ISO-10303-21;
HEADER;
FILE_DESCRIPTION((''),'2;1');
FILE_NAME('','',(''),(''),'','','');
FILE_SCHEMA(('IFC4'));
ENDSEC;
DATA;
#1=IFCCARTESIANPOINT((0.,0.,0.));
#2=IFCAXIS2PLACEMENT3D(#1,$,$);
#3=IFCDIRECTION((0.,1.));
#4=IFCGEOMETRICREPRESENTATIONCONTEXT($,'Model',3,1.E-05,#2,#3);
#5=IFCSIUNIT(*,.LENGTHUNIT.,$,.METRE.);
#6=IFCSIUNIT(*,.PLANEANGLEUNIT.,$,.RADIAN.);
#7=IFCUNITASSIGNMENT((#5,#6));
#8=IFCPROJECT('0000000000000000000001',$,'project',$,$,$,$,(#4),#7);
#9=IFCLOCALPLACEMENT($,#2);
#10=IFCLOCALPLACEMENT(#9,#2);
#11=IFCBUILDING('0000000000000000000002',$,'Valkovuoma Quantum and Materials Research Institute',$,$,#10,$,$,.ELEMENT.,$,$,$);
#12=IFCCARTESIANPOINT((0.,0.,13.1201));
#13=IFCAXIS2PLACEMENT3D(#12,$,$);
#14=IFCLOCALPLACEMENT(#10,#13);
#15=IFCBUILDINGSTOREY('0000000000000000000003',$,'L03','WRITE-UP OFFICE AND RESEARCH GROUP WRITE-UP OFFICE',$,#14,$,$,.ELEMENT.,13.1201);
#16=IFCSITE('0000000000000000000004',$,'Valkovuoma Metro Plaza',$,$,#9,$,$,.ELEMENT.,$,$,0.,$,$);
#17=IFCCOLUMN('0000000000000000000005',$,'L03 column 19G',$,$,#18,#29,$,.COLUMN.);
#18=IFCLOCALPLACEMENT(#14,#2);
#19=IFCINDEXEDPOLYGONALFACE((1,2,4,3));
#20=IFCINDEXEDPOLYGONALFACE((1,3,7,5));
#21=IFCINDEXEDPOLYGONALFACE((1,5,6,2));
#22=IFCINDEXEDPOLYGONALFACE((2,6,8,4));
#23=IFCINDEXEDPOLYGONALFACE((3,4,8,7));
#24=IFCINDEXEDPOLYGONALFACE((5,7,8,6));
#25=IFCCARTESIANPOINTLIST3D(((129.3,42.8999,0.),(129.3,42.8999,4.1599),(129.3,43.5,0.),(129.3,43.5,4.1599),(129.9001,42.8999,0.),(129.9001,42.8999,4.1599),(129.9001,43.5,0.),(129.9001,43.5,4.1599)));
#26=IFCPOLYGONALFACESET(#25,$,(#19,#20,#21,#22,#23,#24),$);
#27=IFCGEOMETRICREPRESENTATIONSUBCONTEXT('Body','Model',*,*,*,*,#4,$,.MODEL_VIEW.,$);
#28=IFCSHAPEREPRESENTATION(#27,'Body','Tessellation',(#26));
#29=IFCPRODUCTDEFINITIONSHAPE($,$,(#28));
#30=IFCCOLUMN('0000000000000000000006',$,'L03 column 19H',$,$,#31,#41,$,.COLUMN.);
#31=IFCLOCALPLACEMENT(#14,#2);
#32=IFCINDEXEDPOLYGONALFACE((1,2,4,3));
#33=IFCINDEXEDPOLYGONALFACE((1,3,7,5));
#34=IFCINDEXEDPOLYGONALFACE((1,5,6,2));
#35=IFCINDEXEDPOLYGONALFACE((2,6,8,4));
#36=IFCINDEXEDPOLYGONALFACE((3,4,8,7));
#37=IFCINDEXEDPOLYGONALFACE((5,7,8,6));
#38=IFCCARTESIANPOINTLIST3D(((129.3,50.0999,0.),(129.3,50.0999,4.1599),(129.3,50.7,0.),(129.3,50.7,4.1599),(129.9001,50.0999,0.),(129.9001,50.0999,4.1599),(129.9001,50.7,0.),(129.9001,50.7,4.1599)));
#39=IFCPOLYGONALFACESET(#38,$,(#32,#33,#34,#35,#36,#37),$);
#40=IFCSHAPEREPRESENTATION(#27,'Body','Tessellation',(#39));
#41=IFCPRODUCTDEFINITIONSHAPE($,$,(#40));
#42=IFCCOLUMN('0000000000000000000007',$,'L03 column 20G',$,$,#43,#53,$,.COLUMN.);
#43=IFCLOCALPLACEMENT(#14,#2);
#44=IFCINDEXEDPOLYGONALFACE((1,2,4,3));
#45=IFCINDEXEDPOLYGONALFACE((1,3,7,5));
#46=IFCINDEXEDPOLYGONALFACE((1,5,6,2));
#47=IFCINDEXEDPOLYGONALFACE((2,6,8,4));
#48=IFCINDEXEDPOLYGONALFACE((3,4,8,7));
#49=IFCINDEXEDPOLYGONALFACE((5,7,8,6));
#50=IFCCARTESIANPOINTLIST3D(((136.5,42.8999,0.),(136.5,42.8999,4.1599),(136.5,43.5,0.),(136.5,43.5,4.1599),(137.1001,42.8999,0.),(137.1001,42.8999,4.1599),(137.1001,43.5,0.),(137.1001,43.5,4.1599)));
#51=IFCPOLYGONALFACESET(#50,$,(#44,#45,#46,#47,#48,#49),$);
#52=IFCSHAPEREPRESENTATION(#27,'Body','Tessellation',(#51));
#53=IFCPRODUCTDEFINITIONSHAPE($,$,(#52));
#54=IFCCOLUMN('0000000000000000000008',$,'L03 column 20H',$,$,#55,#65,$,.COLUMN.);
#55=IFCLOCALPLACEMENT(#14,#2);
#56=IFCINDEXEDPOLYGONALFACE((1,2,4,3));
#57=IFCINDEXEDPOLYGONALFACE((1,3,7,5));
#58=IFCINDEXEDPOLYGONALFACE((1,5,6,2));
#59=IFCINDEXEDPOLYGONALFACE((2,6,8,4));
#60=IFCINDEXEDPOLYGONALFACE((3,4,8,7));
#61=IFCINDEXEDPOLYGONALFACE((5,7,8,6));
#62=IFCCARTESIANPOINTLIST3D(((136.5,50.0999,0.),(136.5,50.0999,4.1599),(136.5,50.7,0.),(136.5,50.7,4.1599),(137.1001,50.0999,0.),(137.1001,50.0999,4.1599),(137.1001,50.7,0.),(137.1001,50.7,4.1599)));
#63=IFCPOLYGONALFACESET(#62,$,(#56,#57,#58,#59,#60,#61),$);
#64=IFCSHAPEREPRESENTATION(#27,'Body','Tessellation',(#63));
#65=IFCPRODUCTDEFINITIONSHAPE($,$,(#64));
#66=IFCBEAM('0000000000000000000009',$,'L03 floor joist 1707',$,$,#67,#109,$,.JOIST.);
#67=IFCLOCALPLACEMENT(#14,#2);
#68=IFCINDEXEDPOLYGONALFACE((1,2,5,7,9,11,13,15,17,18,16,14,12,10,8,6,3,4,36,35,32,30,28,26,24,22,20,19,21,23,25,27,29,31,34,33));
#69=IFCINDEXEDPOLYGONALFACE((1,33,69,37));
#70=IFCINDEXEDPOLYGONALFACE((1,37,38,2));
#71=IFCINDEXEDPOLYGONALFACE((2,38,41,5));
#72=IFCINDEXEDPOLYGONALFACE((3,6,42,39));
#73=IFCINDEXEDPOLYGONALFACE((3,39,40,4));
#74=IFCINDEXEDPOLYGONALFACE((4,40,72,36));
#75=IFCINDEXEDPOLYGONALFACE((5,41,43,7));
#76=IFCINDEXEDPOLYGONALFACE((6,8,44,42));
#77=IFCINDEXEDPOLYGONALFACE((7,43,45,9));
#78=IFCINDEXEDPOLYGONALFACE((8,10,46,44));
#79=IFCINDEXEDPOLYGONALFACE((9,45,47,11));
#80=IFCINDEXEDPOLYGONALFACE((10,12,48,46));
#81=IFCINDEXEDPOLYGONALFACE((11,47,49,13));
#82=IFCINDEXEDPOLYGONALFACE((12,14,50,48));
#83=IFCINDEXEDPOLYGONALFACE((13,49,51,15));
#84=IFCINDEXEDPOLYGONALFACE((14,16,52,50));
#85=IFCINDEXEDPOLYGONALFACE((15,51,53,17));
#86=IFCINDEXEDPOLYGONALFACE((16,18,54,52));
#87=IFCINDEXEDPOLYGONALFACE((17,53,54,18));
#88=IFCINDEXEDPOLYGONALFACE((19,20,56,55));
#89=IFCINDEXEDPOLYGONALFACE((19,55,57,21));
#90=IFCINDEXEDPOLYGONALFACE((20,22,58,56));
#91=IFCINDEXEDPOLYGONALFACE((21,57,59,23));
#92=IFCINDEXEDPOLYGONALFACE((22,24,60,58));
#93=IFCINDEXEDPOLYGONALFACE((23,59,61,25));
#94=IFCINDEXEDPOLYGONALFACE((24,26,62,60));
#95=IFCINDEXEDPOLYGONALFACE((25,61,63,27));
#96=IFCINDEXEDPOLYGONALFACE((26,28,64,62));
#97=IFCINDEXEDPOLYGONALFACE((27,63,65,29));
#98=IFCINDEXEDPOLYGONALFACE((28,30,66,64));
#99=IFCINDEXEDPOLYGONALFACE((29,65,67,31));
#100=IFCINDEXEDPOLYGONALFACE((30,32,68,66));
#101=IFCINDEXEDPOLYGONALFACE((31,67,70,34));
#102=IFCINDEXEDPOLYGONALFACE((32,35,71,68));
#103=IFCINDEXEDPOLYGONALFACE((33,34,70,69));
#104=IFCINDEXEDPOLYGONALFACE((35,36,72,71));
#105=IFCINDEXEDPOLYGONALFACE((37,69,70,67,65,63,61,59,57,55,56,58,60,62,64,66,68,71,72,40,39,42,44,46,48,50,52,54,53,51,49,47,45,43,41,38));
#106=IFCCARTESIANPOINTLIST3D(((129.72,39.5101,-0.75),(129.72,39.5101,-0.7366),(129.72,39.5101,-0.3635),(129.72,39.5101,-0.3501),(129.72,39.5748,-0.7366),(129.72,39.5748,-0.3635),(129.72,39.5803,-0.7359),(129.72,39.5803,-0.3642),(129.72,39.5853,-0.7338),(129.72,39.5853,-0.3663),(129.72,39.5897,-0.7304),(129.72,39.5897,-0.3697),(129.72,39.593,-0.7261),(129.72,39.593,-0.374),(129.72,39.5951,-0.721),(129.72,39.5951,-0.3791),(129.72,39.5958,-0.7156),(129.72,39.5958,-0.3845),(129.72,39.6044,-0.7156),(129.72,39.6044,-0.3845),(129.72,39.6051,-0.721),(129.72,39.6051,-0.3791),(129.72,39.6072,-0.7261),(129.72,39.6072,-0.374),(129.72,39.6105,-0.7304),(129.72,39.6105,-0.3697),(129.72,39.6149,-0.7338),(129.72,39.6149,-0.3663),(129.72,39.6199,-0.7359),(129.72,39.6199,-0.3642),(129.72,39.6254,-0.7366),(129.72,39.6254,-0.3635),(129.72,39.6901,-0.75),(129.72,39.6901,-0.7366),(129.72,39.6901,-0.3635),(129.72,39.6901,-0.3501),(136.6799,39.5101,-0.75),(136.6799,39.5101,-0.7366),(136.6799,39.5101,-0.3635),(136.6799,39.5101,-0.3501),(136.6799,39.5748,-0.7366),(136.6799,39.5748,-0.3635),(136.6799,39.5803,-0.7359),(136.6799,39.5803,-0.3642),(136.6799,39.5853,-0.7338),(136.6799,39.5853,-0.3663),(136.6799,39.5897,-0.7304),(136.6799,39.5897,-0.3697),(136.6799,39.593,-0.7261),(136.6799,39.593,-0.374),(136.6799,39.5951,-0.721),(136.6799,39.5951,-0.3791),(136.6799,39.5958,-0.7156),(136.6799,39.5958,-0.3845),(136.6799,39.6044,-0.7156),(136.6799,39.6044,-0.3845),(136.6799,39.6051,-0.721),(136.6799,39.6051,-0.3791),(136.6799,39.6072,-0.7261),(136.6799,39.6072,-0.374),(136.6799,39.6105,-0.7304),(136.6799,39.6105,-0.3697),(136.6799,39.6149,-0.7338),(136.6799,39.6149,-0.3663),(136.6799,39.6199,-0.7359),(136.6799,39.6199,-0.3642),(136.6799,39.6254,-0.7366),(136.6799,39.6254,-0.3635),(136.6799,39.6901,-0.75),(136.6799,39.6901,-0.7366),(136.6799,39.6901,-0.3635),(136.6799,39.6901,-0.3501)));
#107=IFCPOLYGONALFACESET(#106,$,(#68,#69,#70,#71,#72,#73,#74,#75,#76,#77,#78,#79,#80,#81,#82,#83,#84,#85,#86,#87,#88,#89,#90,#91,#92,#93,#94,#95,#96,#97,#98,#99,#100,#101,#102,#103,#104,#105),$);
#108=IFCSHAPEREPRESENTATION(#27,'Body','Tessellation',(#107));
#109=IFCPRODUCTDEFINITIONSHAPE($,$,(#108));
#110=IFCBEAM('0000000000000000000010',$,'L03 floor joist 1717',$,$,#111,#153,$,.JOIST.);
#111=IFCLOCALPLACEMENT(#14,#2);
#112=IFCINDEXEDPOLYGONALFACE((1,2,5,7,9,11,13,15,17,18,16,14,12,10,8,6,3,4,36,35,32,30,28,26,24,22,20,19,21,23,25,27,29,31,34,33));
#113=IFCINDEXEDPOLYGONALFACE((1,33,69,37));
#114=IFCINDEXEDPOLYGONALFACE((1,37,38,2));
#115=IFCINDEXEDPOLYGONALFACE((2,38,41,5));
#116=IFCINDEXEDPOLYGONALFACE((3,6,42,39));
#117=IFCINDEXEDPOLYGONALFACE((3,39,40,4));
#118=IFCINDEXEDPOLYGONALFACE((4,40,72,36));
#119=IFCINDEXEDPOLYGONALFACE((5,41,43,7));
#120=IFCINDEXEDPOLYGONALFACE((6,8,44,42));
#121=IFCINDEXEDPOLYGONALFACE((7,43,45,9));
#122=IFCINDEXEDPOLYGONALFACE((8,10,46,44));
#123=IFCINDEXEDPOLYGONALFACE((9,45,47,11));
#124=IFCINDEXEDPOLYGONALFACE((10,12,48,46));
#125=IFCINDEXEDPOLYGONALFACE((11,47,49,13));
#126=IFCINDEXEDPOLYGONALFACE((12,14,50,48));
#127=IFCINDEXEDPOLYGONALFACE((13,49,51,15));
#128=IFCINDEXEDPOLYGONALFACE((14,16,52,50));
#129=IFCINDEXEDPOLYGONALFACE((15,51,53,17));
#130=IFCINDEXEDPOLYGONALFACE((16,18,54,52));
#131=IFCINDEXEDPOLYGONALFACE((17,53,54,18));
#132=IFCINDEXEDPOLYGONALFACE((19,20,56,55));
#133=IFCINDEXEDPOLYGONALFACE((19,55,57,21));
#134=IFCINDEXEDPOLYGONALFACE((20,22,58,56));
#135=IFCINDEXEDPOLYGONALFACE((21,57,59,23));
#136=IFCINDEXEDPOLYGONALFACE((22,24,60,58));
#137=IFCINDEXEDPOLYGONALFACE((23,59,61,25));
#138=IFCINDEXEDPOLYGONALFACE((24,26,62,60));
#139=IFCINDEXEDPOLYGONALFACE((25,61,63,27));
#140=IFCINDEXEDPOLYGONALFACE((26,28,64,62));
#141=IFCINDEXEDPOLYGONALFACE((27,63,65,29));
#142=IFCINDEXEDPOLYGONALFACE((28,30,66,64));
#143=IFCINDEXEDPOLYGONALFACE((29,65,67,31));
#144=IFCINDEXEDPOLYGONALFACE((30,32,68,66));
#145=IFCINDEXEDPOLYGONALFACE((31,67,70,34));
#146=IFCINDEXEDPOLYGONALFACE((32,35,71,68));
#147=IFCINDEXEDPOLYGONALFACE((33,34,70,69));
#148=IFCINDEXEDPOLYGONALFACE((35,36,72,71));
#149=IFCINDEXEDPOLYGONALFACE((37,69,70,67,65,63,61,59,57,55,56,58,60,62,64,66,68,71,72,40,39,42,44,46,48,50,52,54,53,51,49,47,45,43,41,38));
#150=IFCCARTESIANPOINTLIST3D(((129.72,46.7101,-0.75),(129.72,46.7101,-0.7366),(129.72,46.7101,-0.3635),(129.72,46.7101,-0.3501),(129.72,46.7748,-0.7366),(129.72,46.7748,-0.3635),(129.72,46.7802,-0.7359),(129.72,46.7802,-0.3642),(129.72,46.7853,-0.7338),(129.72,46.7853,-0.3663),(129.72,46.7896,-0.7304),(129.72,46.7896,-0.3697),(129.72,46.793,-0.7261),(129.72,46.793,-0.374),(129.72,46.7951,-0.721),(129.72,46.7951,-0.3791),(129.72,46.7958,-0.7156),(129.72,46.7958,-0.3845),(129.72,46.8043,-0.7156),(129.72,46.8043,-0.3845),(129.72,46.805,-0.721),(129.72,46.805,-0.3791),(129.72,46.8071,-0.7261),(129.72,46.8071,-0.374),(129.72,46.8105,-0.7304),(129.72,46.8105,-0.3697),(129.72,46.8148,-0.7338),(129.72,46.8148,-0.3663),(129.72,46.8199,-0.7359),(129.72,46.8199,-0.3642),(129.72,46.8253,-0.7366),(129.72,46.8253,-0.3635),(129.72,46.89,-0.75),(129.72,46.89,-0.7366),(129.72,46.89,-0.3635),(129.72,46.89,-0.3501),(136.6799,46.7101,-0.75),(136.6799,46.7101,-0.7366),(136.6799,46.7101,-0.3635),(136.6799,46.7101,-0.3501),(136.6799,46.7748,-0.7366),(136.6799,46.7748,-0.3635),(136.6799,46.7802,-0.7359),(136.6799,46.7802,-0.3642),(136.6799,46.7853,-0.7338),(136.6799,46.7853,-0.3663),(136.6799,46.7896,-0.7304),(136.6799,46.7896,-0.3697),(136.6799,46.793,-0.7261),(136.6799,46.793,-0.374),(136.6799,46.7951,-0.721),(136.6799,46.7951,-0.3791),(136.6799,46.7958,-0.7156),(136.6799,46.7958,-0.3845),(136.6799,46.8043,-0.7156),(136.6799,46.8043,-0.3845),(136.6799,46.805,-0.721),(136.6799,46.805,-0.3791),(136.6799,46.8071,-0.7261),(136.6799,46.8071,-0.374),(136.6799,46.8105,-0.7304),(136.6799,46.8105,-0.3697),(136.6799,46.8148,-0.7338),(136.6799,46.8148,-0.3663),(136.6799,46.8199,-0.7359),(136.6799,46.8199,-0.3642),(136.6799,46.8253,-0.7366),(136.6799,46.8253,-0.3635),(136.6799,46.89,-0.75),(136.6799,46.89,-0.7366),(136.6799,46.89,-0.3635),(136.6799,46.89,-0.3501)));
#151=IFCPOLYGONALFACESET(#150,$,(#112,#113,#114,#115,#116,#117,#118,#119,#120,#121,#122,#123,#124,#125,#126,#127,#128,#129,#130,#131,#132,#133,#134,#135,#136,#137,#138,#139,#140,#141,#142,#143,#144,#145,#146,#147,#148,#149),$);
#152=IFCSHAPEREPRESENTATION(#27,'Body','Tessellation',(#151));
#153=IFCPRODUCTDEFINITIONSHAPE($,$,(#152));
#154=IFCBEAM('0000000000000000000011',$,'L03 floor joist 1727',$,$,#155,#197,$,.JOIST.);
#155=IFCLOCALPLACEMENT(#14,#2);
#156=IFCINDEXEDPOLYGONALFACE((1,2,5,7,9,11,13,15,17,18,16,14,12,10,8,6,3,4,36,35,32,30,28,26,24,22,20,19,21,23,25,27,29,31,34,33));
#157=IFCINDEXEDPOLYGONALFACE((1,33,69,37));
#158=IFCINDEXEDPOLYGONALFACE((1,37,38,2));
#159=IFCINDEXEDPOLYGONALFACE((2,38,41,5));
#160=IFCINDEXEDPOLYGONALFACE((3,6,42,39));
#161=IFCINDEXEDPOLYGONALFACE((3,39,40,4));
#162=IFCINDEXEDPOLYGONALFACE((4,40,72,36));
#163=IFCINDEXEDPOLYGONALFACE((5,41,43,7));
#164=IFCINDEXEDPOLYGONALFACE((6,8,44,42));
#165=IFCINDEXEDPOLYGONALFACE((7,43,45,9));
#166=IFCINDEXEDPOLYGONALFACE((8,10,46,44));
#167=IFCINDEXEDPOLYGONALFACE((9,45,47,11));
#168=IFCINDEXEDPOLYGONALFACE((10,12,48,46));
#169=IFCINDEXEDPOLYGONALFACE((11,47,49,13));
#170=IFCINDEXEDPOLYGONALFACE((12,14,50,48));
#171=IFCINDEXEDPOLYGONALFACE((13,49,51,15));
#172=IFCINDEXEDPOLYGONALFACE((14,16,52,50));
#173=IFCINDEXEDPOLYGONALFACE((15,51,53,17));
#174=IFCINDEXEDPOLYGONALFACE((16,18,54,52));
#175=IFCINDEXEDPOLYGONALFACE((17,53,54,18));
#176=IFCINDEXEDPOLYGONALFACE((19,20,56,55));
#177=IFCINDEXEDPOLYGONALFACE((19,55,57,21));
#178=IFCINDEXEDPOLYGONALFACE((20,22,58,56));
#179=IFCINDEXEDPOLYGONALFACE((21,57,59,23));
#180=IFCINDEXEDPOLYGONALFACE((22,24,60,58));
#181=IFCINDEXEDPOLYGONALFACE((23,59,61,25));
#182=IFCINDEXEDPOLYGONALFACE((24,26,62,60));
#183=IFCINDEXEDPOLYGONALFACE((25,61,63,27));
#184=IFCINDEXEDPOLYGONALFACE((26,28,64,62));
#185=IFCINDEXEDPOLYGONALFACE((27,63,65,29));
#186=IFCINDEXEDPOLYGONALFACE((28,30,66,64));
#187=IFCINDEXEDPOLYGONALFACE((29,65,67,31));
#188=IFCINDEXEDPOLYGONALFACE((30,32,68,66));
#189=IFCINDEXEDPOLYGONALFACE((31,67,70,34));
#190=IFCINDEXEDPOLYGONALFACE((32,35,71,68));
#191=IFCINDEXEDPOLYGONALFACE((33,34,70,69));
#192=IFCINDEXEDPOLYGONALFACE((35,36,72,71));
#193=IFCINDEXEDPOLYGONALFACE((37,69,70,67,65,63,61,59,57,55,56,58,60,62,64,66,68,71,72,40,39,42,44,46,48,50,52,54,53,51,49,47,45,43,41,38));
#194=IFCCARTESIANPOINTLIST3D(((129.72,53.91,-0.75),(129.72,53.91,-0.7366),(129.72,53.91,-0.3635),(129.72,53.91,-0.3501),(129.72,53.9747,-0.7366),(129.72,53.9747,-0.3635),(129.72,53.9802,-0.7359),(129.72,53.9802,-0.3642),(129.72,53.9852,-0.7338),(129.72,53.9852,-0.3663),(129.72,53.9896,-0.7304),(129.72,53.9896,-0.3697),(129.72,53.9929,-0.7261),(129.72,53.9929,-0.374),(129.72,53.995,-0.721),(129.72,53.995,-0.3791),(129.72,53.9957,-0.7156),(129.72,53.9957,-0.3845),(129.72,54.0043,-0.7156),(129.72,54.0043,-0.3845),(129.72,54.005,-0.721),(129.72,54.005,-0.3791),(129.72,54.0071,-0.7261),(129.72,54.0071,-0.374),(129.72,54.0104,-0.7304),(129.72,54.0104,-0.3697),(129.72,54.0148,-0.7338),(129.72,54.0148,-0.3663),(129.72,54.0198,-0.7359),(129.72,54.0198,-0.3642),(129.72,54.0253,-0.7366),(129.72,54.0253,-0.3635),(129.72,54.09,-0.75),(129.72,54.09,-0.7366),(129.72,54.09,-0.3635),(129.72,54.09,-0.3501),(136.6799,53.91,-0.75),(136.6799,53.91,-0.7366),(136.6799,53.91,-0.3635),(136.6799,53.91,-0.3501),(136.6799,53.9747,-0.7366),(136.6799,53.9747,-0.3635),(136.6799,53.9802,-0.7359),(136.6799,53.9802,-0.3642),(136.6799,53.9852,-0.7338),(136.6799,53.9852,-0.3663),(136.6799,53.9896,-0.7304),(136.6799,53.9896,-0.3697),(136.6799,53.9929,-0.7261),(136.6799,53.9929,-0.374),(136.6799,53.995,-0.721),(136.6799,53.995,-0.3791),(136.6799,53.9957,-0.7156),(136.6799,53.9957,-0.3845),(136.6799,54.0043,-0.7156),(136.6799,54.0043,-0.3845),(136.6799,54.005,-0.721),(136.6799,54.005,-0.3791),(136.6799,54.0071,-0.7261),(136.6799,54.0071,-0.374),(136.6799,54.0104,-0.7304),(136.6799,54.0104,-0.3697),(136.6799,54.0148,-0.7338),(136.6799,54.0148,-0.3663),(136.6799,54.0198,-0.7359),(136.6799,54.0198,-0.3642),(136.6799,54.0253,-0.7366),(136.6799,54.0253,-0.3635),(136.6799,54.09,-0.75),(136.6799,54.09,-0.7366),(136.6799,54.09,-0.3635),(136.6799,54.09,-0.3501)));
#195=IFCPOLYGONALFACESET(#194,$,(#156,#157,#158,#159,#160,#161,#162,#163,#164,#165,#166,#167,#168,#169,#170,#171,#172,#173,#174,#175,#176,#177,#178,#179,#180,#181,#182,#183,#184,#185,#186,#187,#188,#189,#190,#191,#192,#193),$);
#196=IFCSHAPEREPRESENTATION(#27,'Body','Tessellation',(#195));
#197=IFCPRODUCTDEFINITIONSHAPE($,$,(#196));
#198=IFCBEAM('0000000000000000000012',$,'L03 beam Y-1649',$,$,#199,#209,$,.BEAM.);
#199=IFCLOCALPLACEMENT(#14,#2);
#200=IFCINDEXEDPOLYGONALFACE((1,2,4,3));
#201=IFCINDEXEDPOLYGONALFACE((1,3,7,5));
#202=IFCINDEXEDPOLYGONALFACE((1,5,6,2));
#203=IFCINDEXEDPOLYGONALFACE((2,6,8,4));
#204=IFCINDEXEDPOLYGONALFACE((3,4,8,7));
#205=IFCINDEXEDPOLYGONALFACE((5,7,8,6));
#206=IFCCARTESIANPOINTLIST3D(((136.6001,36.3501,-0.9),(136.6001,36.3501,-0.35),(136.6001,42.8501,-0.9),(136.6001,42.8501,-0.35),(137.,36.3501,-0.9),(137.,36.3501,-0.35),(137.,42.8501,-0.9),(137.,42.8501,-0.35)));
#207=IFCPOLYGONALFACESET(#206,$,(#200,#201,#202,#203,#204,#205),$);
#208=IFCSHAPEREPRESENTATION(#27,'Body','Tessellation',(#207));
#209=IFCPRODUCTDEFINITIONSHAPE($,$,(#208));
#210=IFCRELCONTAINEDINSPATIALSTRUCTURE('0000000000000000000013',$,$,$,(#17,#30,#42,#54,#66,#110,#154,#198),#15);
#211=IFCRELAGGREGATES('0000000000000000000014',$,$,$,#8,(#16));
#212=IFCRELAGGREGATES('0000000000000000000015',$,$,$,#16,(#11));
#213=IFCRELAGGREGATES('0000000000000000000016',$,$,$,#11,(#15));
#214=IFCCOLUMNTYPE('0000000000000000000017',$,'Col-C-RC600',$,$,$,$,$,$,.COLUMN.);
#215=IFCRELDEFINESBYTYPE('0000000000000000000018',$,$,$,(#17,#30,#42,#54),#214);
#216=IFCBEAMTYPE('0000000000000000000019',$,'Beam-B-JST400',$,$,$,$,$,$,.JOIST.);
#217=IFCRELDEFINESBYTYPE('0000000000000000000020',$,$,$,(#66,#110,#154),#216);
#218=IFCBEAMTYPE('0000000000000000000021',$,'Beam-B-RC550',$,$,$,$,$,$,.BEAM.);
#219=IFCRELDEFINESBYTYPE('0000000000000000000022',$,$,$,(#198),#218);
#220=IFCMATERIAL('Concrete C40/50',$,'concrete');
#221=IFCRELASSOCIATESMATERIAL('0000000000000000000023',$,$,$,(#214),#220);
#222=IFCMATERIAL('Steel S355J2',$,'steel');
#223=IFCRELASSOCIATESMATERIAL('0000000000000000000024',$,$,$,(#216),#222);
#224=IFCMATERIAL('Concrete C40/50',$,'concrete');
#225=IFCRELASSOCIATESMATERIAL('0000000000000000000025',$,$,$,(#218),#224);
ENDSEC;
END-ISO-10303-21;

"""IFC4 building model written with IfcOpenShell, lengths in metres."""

from ifc_helpers import new_model, si_unit, direction, frame, origin, origin_2d, place, context, subcontext, project, spatial, rectangle, i_section, extrude, material, material_profile, profile_set, type_object, element, save


model = new_model("IFC4")

# Units and contexts
model_context = context("Model", 3, precision=1e-05, world=origin(), true_north=direction((0.0, 1.0)))
body_context = subcontext(model_context, "Body", "Model", "MODEL_VIEW")
ifc_project = project(units=[si_unit("LENGTHUNIT", "METRE"), si_unit("PLANEANGLEUNIT", "RADIAN")], contexts=[model_context])

# Site, building, storey
site_placement = place(None, origin())
site = spatial("IfcSite", under=ifc_project, at=site_placement, Name="Valkovuoma Metro Plaza", CompositionType="ELEMENT", RefElevation=0.0)
building_placement = place(site_placement, origin())
building = spatial("IfcBuilding", under=site, at=building_placement, Name="Valkovuoma Quantum and Materials Research Institute", CompositionType="ELEMENT")
storey_placement = place(building_placement, frame((0.0, 0.0, 13.1201)))
storey = spatial("IfcBuildingStorey", under=building, at=storey_placement, Name="L03", Description="WRITE-UP OFFICE AND RESEARCH GROUP WRITE-UP OFFICE", CompositionType="ELEMENT", Elevation=13.1201)

# Columns
ifc_material_1 = material(Name="Concrete C40/50", Category="concrete")
ifc_material_profile_1 = material_profile(ifc_material_1, rectangle(XDim=0.6001, YDim=0.6001, at=origin_2d()), Name="Concrete C40/50")
ifc_profile_set_1 = profile_set([ifc_material_profile_1], Name="Concrete C40/50")
column_type = type_object("IfcColumnType", Name="Col-C-RC600", PredefinedType="COLUMN", material=ifc_profile_set_1)
for number, where, z_axis, x_axis, name in (
    (1, (129.6001, 43.2, 0.0), (0.0, 0.0, 1.0), (1.0, 0.0, 0.0), "L03 column 19G"),
    (2, (129.6001, 50.3999, 0.0), (0.0, 0.0, 1.0), (1.0, 0.0, 0.0), "L03 column 19H"),
    (3, (136.8, 43.2, 0.0), (0.0, 0.0, 1.0), (1.0, 0.0, 0.0), "L03 column 20G"),
    (4, (136.8, 50.3999, 0.0), (0.0, 0.0, 1.0), (1.0, 0.0, 0.0), "L03 column 20H"),
):
    element("IfcColumn", number, at=place(storey_placement, frame(where, z_axis=z_axis, x_axis=x_axis)), inside=storey, type_object=column_type, Name=name, PredefinedType="COLUMN", context=body_context, shape_type="SweptSolid", body=[
        extrude(rectangle(XDim=0.6001, YDim=0.6001, at=origin_2d()), origin(), (0.0, 0.0, 1.0), 4.1599),
    ])

# Beams
ifc_material_2 = material(Name="Steel S355J2", Category="steel")
ifc_material_profile_2 = material_profile(ifc_material_2, i_section(OverallWidth=0.1799, OverallDepth=0.3999, WebThickness=0.0085, FlangeThickness=0.0134, FilletRadius=0.021, at=origin_2d()), Name="Steel S355J2")
ifc_profile_set_2 = profile_set([ifc_material_profile_2], Name="Steel S355J2")
beam_type_1 = type_object("IfcBeamType", Name="Beam-B-JST400", PredefinedType="JOIST", material=ifc_profile_set_2)
for number, where, z_axis, x_axis, name in (
    (5, (129.72, 39.6001, -0.55), (1.0, 0.0, 0.0), (0.0, 1.0, 0.0), "L03 floor joist 1707"),
    (6, (129.72, 46.8, -0.55), (1.0, 0.0, 0.0), (0.0, 1.0, 0.0), "L03 floor joist 1717"),
    (7, (129.72, 54.0, -0.55), (1.0, 0.0, 0.0), (0.0, 1.0, 0.0), "L03 floor joist 1727"),
):
    element("IfcBeam", number, at=place(storey_placement, frame(where, z_axis=z_axis, x_axis=x_axis)), inside=storey, type_object=beam_type_1, Name=name, PredefinedType="JOIST", context=body_context, shape_type="SweptSolid", body=[
        extrude(i_section(OverallWidth=0.1799, OverallDepth=0.3999, WebThickness=0.0085, FlangeThickness=0.0134, FilletRadius=0.021, at=origin_2d()), origin(), (0.0, 0.0, 1.0), 6.96),
    ])
ifc_material_3 = material(Name="Concrete C40/50", Category="concrete")
ifc_material_profile_3 = material_profile(ifc_material_3, rectangle(XDim=0.3999, YDim=0.55, at=origin_2d()), Name="Concrete C40/50")
ifc_profile_set_3 = profile_set([ifc_material_profile_3], Name="Concrete C40/50")
beam_type_2 = type_object("IfcBeamType", Name="Beam-B-RC550", PredefinedType="BEAM", material=ifc_profile_set_3)
for number, where, z_axis, x_axis, name in (
    (8, (136.8, 36.3501, -0.625), (0.0, 1.0, 0.0), (-1.0, 0.0, 0.0), "L03 beam Y-1649"),
):
    element("IfcBeam", number, at=place(storey_placement, frame(where, z_axis=z_axis, x_axis=x_axis)), inside=storey, type_object=beam_type_2, Name=name, PredefinedType="BEAM", context=body_context, shape_type="SweptSolid", body=[
        extrude(rectangle(XDim=0.3999, YDim=0.55, at=origin_2d()), origin(), (0.0, 0.0, 1.0), 6.5),
    ])

save(model, "model.ifc")
